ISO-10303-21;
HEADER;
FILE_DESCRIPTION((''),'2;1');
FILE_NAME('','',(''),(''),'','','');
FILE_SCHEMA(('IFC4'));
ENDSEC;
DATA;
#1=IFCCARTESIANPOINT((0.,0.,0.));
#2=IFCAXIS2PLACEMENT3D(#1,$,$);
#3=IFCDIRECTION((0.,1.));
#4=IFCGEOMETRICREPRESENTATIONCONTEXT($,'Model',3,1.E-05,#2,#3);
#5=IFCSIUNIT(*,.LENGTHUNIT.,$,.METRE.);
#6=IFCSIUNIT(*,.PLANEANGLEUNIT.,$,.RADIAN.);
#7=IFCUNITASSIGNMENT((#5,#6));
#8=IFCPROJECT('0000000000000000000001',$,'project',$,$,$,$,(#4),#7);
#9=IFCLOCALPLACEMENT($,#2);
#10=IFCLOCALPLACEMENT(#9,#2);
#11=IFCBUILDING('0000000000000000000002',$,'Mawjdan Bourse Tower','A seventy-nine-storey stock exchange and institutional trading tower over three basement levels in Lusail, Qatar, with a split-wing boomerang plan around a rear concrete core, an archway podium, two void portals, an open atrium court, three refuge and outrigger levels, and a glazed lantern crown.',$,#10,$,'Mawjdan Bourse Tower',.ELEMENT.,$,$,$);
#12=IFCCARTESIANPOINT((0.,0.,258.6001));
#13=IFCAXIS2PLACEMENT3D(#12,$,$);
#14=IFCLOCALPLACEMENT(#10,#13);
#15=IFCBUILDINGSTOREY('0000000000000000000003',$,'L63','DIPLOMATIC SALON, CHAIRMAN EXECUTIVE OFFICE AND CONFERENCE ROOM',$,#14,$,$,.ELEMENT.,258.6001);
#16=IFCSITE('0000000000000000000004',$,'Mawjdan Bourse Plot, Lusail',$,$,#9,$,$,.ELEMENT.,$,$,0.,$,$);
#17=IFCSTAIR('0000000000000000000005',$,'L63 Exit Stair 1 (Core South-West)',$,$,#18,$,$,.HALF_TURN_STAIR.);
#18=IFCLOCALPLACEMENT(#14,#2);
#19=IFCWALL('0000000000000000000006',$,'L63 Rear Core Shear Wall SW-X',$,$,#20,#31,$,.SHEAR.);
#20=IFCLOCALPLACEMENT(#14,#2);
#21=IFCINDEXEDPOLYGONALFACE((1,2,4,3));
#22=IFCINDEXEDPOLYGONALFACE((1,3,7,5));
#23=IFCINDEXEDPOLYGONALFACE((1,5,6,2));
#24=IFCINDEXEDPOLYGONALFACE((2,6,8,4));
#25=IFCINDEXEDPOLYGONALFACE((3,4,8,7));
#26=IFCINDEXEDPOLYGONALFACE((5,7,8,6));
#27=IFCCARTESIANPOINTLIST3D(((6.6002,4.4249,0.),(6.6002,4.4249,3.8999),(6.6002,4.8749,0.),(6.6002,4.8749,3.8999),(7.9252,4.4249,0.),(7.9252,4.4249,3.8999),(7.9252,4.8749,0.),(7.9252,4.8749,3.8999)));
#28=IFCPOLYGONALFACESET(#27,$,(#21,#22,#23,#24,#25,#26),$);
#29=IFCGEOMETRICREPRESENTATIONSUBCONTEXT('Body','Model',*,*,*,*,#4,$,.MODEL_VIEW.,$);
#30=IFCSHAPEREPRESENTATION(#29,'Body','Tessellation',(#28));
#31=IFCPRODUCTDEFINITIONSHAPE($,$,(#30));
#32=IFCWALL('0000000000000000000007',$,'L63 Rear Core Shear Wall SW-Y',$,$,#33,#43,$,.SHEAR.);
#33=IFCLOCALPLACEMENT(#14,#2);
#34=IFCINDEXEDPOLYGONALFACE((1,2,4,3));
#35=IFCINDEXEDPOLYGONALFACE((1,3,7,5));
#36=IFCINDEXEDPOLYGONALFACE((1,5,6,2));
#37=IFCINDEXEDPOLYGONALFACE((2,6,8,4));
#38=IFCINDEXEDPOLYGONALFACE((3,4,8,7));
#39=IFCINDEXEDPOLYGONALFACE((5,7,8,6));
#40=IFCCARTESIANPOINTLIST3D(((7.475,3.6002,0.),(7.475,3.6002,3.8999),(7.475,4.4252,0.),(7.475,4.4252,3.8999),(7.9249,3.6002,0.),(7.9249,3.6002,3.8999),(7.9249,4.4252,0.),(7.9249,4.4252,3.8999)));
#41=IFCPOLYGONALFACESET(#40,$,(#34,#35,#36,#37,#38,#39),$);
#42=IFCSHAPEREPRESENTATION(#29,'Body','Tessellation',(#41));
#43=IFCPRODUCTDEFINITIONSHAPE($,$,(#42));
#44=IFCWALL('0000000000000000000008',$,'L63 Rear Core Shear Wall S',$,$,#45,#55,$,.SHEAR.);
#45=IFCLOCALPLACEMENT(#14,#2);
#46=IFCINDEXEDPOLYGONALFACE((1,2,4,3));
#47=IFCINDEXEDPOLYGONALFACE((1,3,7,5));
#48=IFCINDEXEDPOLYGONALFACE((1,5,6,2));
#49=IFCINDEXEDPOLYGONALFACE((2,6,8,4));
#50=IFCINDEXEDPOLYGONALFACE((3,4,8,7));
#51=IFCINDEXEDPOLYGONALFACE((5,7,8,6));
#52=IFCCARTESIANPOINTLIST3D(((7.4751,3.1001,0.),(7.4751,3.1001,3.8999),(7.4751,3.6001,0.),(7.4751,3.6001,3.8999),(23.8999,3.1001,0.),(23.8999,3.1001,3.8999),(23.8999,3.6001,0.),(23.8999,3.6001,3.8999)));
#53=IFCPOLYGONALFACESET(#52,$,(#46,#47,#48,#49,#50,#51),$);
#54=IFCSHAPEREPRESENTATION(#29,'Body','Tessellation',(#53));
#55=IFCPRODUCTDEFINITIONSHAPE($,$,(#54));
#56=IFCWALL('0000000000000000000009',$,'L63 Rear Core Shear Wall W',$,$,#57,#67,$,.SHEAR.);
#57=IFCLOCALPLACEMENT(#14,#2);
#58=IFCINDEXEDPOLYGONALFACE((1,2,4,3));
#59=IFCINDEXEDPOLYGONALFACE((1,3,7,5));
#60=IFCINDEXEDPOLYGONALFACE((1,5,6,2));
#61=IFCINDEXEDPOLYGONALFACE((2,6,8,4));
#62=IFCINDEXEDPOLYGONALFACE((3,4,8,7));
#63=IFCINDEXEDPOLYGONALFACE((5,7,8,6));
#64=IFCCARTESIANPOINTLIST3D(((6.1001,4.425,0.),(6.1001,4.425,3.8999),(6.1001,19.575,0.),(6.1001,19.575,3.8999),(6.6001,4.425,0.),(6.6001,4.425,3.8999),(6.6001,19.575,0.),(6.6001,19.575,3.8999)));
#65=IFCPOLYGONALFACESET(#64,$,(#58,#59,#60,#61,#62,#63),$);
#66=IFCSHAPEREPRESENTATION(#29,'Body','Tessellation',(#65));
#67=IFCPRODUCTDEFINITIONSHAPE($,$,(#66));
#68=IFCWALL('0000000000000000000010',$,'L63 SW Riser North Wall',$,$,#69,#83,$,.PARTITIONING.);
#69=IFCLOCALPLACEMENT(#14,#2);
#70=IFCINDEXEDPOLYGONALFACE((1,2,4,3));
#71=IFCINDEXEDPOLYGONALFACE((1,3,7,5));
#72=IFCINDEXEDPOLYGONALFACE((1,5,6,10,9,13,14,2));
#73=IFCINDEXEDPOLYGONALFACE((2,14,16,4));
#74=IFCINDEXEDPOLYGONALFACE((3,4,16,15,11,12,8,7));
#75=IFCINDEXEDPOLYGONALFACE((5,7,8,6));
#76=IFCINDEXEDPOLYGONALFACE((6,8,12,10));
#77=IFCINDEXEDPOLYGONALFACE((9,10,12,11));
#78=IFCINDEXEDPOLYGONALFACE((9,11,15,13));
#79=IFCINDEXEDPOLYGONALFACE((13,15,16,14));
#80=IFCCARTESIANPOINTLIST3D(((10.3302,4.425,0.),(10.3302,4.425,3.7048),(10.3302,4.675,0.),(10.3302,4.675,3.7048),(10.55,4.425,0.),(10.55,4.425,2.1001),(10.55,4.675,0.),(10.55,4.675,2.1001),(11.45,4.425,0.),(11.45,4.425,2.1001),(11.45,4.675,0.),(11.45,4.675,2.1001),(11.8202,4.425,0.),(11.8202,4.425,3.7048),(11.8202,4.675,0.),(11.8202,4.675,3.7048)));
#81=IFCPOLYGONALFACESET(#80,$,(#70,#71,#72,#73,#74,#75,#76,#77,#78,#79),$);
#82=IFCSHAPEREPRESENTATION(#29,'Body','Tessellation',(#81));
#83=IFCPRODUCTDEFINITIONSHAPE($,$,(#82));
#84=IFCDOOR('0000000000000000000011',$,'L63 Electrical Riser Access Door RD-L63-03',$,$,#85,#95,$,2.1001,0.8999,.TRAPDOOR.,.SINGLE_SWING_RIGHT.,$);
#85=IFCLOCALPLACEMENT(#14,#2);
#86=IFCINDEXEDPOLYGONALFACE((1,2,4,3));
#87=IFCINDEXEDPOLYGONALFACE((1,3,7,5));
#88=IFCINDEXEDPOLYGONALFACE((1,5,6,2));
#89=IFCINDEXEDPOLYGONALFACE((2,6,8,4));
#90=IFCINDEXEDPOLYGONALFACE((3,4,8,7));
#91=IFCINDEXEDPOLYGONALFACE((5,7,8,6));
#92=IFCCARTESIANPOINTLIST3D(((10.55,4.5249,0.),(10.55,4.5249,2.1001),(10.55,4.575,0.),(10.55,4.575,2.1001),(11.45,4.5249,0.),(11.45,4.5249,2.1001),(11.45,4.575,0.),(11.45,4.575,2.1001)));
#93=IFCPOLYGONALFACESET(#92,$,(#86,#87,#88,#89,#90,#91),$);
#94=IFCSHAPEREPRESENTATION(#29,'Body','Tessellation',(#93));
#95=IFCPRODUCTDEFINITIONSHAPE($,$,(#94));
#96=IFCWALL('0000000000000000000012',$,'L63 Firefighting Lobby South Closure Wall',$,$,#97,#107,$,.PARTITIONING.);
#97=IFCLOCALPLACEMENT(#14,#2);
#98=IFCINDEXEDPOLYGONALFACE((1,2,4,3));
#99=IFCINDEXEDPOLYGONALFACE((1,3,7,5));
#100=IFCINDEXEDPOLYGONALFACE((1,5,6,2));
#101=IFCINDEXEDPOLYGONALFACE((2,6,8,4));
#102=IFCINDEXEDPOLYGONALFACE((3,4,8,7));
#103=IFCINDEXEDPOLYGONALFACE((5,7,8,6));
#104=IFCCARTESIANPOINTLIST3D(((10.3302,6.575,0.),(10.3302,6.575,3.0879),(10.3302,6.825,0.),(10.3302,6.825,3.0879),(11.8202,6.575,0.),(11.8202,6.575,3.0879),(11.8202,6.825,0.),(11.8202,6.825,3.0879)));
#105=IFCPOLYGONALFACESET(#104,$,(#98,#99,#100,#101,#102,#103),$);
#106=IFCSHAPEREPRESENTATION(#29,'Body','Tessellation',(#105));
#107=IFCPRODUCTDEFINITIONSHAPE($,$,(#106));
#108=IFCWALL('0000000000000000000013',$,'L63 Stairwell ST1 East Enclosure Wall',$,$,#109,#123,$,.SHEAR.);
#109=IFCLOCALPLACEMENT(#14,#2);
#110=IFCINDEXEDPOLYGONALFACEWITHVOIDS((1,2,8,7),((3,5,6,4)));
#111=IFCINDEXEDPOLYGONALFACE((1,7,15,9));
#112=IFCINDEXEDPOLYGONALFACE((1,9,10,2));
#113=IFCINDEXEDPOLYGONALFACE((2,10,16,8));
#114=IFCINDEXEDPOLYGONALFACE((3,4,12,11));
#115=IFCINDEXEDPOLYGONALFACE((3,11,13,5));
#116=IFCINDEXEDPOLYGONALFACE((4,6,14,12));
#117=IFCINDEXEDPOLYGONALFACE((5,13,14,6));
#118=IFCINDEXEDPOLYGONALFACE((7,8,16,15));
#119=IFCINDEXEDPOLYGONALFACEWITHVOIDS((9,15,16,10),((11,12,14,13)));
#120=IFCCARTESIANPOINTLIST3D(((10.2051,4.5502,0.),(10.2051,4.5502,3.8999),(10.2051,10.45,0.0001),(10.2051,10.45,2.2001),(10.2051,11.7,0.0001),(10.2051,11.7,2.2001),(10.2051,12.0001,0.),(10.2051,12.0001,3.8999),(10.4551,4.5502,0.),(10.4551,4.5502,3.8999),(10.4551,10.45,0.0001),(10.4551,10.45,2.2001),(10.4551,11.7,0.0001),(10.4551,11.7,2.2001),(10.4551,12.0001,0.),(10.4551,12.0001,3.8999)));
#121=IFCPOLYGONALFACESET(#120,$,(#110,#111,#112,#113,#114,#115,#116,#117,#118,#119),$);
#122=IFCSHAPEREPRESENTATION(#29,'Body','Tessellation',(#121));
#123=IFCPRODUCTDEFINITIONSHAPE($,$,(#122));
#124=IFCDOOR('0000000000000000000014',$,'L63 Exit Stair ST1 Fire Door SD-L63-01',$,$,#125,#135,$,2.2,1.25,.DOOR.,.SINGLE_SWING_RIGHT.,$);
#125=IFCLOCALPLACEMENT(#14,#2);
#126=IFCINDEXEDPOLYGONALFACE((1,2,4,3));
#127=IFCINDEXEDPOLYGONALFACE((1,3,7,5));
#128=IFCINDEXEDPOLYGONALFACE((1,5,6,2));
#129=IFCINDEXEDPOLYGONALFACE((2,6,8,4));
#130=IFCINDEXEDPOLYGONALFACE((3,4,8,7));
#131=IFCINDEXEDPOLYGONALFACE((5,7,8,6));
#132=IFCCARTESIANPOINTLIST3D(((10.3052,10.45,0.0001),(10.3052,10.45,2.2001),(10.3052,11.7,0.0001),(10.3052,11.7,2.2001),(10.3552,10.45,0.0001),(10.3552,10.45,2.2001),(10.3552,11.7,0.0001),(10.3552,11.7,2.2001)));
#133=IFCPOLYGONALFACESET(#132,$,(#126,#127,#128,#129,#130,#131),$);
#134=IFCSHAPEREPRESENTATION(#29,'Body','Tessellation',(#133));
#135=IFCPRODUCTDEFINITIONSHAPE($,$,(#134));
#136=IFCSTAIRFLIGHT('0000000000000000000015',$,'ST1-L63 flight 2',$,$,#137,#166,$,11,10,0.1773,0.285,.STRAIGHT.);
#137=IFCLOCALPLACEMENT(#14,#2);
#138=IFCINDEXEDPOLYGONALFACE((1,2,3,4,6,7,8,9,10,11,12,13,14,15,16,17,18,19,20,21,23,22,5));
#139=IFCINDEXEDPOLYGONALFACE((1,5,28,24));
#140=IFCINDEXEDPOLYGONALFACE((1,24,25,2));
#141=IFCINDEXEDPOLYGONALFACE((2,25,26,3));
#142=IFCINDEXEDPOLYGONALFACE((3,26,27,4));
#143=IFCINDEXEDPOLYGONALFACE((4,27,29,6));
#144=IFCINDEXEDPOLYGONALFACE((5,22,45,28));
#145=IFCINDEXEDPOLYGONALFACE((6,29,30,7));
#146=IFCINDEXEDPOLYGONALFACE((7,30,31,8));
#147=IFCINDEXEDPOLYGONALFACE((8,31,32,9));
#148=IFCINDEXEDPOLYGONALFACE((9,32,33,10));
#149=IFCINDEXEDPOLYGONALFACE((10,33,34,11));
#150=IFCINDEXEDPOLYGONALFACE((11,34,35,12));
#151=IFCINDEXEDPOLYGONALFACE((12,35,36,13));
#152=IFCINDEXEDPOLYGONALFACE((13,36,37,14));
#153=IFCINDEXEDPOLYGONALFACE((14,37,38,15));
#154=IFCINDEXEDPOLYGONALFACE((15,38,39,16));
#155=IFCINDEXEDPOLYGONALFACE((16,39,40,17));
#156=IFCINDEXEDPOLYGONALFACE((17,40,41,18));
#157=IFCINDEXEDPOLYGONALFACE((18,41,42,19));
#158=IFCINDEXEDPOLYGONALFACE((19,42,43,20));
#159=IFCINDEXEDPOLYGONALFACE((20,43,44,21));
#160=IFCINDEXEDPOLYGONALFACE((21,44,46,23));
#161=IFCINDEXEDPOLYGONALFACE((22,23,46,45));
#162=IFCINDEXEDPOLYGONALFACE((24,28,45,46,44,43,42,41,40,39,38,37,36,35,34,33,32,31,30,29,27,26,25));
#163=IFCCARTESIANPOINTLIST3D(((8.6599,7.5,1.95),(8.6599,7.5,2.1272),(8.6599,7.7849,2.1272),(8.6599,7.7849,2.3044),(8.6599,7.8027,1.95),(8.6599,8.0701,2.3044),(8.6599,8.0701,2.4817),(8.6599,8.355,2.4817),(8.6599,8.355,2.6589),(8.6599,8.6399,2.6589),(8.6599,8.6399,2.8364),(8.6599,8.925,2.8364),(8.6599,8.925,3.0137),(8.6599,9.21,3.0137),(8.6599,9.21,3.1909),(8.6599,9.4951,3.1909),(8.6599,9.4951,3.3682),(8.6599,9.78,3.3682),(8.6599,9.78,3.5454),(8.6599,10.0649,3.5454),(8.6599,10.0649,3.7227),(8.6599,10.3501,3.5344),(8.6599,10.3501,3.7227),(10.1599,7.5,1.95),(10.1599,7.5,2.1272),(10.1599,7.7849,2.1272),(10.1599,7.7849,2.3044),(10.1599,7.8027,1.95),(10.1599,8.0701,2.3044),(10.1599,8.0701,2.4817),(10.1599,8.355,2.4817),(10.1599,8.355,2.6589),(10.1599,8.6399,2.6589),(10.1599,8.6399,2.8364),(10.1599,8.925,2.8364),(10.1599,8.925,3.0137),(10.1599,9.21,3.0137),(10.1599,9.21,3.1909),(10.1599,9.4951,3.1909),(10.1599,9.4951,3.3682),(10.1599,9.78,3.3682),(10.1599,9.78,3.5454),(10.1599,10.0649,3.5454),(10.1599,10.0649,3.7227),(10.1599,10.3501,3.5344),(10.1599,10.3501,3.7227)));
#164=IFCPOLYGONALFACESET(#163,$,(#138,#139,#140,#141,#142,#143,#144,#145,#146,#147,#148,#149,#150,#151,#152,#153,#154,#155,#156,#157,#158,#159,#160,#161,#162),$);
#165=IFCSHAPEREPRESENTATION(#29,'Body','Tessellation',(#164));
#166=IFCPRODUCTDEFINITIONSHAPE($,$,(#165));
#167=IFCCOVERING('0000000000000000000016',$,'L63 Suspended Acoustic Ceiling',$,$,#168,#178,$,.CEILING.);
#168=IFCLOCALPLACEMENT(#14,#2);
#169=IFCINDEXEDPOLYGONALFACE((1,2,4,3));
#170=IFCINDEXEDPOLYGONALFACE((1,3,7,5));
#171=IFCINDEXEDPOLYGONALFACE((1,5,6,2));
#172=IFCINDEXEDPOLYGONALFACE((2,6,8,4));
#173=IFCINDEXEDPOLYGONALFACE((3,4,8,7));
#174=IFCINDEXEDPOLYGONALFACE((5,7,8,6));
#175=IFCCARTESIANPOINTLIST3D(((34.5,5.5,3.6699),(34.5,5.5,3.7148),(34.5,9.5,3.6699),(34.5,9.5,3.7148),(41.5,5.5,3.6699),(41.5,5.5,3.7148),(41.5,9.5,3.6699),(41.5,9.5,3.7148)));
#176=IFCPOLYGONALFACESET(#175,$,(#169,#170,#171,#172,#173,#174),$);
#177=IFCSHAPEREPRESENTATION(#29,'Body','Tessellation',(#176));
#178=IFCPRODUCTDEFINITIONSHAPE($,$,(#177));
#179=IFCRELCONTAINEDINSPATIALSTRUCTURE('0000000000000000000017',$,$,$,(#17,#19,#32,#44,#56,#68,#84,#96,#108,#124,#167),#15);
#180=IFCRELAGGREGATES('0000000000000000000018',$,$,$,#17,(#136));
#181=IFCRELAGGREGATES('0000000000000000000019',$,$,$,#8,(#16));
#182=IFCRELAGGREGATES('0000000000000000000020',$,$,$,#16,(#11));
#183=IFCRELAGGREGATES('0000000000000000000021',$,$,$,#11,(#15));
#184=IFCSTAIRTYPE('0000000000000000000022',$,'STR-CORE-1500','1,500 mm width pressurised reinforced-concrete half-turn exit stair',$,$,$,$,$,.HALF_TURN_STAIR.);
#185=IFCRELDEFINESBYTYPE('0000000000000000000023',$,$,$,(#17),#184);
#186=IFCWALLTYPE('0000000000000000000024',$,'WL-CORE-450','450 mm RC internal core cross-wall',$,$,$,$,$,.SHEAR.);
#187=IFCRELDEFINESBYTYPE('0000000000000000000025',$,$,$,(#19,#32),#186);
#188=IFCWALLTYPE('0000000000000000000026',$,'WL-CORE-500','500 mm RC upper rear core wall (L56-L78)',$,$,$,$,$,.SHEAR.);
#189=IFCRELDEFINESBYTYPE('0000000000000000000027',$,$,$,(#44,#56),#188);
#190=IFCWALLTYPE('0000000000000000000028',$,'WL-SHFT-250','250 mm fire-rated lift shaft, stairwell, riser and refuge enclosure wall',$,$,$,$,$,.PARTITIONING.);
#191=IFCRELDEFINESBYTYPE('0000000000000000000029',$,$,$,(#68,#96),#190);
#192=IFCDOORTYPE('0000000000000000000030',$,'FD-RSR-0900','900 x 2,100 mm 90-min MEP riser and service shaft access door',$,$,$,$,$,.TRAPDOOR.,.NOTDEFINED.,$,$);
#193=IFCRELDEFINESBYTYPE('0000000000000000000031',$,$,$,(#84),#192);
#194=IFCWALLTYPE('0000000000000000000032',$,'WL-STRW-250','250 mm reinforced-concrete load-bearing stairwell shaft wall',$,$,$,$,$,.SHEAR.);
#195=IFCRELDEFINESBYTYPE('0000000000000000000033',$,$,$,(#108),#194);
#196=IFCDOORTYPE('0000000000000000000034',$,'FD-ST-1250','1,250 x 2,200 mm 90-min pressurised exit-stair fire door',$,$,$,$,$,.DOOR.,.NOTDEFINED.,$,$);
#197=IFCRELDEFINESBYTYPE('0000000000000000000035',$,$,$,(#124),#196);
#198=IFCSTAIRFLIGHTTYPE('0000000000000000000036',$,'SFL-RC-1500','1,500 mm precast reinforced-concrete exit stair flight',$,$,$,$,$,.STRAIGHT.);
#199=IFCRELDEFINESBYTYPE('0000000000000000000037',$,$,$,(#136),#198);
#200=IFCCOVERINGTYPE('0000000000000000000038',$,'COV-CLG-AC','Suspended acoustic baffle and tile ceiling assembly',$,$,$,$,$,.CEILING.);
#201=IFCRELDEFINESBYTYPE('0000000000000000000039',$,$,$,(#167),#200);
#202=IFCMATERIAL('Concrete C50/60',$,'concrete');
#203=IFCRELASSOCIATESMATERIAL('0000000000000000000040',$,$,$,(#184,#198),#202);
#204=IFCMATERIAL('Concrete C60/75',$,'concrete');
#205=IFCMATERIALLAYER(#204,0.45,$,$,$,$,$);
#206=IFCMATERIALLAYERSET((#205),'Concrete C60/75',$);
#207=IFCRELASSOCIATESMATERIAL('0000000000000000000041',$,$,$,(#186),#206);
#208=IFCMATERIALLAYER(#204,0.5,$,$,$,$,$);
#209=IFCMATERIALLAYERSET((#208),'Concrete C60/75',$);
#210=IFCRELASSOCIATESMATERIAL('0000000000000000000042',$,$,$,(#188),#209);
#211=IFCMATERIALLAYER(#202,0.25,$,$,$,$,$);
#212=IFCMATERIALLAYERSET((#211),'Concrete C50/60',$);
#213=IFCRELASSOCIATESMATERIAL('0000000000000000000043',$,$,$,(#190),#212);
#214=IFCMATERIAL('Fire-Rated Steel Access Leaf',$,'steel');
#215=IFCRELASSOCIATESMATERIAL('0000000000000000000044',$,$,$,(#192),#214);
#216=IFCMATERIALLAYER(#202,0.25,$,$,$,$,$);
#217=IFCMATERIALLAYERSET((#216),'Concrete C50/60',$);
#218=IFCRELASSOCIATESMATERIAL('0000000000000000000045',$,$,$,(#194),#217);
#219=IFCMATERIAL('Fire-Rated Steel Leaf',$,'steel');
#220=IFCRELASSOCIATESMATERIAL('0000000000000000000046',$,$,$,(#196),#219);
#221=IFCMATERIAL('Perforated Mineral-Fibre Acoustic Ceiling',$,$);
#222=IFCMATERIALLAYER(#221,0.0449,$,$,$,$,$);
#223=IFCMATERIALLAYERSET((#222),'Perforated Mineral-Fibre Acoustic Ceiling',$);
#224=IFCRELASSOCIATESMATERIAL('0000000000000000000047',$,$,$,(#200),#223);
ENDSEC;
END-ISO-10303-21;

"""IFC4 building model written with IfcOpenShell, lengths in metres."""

from ifc_helpers import new_model, si_unit, direction, frame, frame_2d, origin, place, context, subcontext, project, spatial, polyline, rectangle, outline, extrude, material, layer, layer_set, type_object, element, fill, aggregate, save


model = new_model("IFC4")

# Units and contexts
model_context = context("Model", 3, precision=1e-05, world=origin(), true_north=direction((0.0, 1.0)))
body_context = subcontext(model_context, "Body", "Model", "MODEL_VIEW")
ifc_project = project(units=[si_unit("LENGTHUNIT", "METRE"), si_unit("PLANEANGLEUNIT", "RADIAN")], contexts=[model_context])

# Site, building, storey
site_placement = place(None, origin())
site = spatial("IfcSite", under=ifc_project, at=site_placement, Name="Mawjdan Bourse Plot, Lusail", CompositionType="ELEMENT", RefElevation=0.0)
building_placement = place(site_placement, origin())
building = spatial("IfcBuilding", under=site, at=building_placement, Name="Mawjdan Bourse Tower", Description="A seventy-nine-storey stock exchange and institutional trading tower over three basement levels in Lusail, Qatar, with a split-wing boomerang plan around a rear concrete core, an archway podium, two void portals, an open atrium court, three refuge and outrigger levels, and a glazed lantern crown.", LongName="Mawjdan Bourse Tower", CompositionType="ELEMENT")
storey_placement = place(building_placement, frame((0.0, 0.0, 258.6001)))
storey = spatial("IfcBuildingStorey", under=building, at=storey_placement, Name="L63", Description="DIPLOMATIC SALON, CHAIRMAN EXECUTIVE OFFICE AND CONFERENCE ROOM", CompositionType="ELEMENT", Elevation=258.6001)

# Stair
ifc_material_1 = material(Name="Concrete C50/60", Category="concrete")
stair_type = type_object("IfcStairType", Name="STR-CORE-1500", Description="1,500 mm width pressurised reinforced-concrete half-turn exit stair", PredefinedType="HALF_TURN_STAIR", material=ifc_material_1)
stair_1_placement = place(storey_placement, origin())
stair_1 = element("IfcStair", 1, at=stair_1_placement, inside=storey, type_object=stair_type, Name="L63 Exit Stair 1 (Core South-West)", PredefinedType="HALF_TURN_STAIR")

# Walls
ifc_material_2 = material(Name="Concrete C60/75", Category="concrete")
ifc_layer_1 = layer(ifc_material_2, 0.45)
ifc_layer_set_1 = layer_set([ifc_layer_1], Name="Concrete C60/75")
wall_type_1 = type_object("IfcWallType", Name="WL-CORE-450", Description="450 mm RC internal core cross-wall", PredefinedType="SHEAR", material=ifc_layer_set_1)
wall_1_placement = place(storey_placement, frame((6.6001, 4.6499, 0.0), z_axis=(0.0, 0.0, 1.0), x_axis=(1.0, 0.0, 0.0)))
element("IfcWall", 2, at=wall_1_placement, inside=storey, type_object=wall_type_1, Name="L63 Rear Core Shear Wall SW-X", PredefinedType="SHEAR", context=body_context, shape_type="SweptSolid", body=[
    extrude(rectangle(XDim=1.325, YDim=0.45, at=frame_2d((0.6626, 0.0))), origin(), (0.0, 0.0, 1.0), 3.8999),
])
wall_2_placement = place(storey_placement, frame((7.7, 3.6001, 0.0), z_axis=(0.0, 0.0, 1.0), x_axis=(0.0, 1.0, 0.0)))
element("IfcWall", 3, at=wall_2_placement, inside=storey, type_object=wall_type_1, Name="L63 Rear Core Shear Wall SW-Y", PredefinedType="SHEAR", context=body_context, shape_type="SweptSolid", body=[
    extrude(rectangle(XDim=0.825, YDim=0.45, at=frame_2d((0.4126, 0.0))), origin(), (0.0, 0.0, 1.0), 3.8999),
])
ifc_layer_2 = layer(ifc_material_2, 0.5)
ifc_layer_set_2 = layer_set([ifc_layer_2], Name="Concrete C60/75")
wall_type_2 = type_object("IfcWallType", Name="WL-CORE-500", Description="500 mm RC upper rear core wall (L56-L78)", PredefinedType="SHEAR", material=ifc_layer_set_2)
wall_3_placement = place(storey_placement, frame((7.4751, 3.3501, 0.0), z_axis=(0.0, 0.0, 1.0), x_axis=(1.0, 0.0, 0.0)))
element("IfcWall", 4, at=wall_3_placement, inside=storey, type_object=wall_type_2, Name="L63 Rear Core Shear Wall S", PredefinedType="SHEAR", context=body_context, shape_type="SweptSolid", body=[
    extrude(rectangle(XDim=16.4248, YDim=0.5, at=frame_2d((8.2124, 0.0))), origin(), (0.0, 0.0, 1.0), 3.8999),
])
wall_4_placement = place(storey_placement, frame((6.3501, 4.425, 0.0), z_axis=(0.0, 0.0, 1.0), x_axis=(0.0, 1.0, 0.0)))
element("IfcWall", 5, at=wall_4_placement, inside=storey, type_object=wall_type_2, Name="L63 Rear Core Shear Wall W", PredefinedType="SHEAR", context=body_context, shape_type="SweptSolid", body=[
    extrude(rectangle(XDim=15.1499, YDim=0.5, at=frame_2d((7.575, 0.0))), origin(), (0.0, 0.0, 1.0), 3.8999),
])

# Wall, opening, door
ifc_layer_3 = layer(ifc_material_1, 0.25)
ifc_layer_set_3 = layer_set([ifc_layer_3], Name="Concrete C50/60")
wall_type_3 = type_object("IfcWallType", Name="WL-SHFT-250", Description="250 mm fire-rated lift shaft, stairwell, riser and refuge enclosure wall", PredefinedType="PARTITIONING", material=ifc_layer_set_3)
wall_5_placement = place(storey_placement, frame((10.3301, 4.55, 0.0), z_axis=(0.0, 0.0, 1.0), x_axis=(1.0, 0.0, 0.0)))
wall_5 = element("IfcWall", 6, at=wall_5_placement, inside=storey, type_object=wall_type_3, Name="L63 SW Riser North Wall", PredefinedType="PARTITIONING", context=body_context, shape_type="SweptSolid", body=[
    extrude(rectangle(XDim=1.49, YDim=0.25, at=frame_2d((0.7451, 0.0))), origin(), (0.0, 0.0, 1.0), 3.7048),
])
opening_1_placement = place(wall_5_placement, frame((0.22, 0.0, 0.0)))
opening_1 = element("IfcOpeningElement", 7, at=opening_1_placement, cuts=wall_5, PredefinedType="OPENING", context=body_context, shape_type="SweptSolid", body=[
    extrude(rectangle(XDim=0.8999, YDim=2.1001, at=frame_2d((0.45, 1.05))), frame((0.0, 0.135, 0.0), z_axis=(0.0, -1.0, 0.0), x_axis=(1.0, 0.0, 0.0)), (0.0, 0.0, 1.0), 0.27),
])
ifc_material_3 = material(Name="Fire-Rated Steel Access Leaf", Category="steel")
door_type_1 = type_object("IfcDoorType", Name="FD-RSR-0900", Description="900 x 2,100 mm 90-min MEP riser and service shaft access door", OperationType="NOTDEFINED", PredefinedType="TRAPDOOR", material=ifc_material_3)
door_1_placement = place(opening_1_placement, origin())
door_1 = element("IfcDoor", 8, at=door_1_placement, inside=storey, type_object=door_type_1, Name="L63 Electrical Riser Access Door RD-L63-03", OperationType="SINGLE_SWING_RIGHT", OverallHeight=2.1001, OverallWidth=0.8999, PredefinedType="TRAPDOOR", context=body_context, shape_type="SweptSolid", body=[
    extrude(rectangle(XDim=0.8999, YDim=2.1001, at=frame_2d((0.45, 1.05))), frame((0.0, 0.0249, 0.0), z_axis=(0.0, -1.0, 0.0), x_axis=(1.0, 0.0, 0.0)), (0.0, 0.0, 1.0), 0.05),
])
fill(opening_1, door_1)

# Wall
wall_6_placement = place(storey_placement, frame((10.3301, 6.7, 0.0), z_axis=(0.0, 0.0, 1.0), x_axis=(1.0, 0.0, 0.0)))
element("IfcWall", 9, at=wall_6_placement, inside=storey, type_object=wall_type_3, Name="L63 Firefighting Lobby South Closure Wall", PredefinedType="PARTITIONING", context=body_context, shape_type="SweptSolid", body=[
    extrude(rectangle(XDim=1.49, YDim=0.25, at=frame_2d((0.7451, 0.0))), origin(), (0.0, 0.0, 1.0), 3.0879),
])
ifc_layer_4 = layer(ifc_material_1, 0.25)
ifc_layer_set_4 = layer_set([ifc_layer_4], Name="Concrete C50/60")
wall_type_4 = type_object("IfcWallType", Name="WL-STRW-250", Description="250 mm reinforced-concrete load-bearing stairwell shaft wall", PredefinedType="SHEAR", material=ifc_layer_set_4)

# Wall, opening, door
wall_7_placement = place(storey_placement, frame((10.3301, 4.55, 0.0), z_axis=(0.0, 0.0, 1.0), x_axis=(0.0, 1.0, 0.0)))
wall_7 = element("IfcWall", 10, at=wall_7_placement, inside=storey, type_object=wall_type_4, Name="L63 Stairwell ST1 East Enclosure Wall", PredefinedType="SHEAR", context=body_context, shape_type="SweptSolid", body=[
    extrude(rectangle(XDim=7.45, YDim=0.25, at=frame_2d((3.7251, 0.0))), origin(), (0.0, 0.0, 1.0), 3.8999),
])
opening_2_placement = place(wall_7_placement, frame((5.8999, 0.0, 0.0)))
opening_2 = element("IfcOpeningElement", 11, at=opening_2_placement, cuts=wall_7, PredefinedType="OPENING", context=body_context, shape_type="SweptSolid", body=[
    extrude(rectangle(XDim=1.25, YDim=2.2, at=frame_2d((0.625, 1.1001))), frame((0.0, 0.135, 0.0), z_axis=(0.0, -1.0, 0.0), x_axis=(1.0, 0.0, 0.0)), (0.0, 0.0, 1.0), 0.27),
])
ifc_material_4 = material(Name="Fire-Rated Steel Leaf", Category="steel")
door_type_2 = type_object("IfcDoorType", Name="FD-ST-1250", Description="1,250 x 2,200 mm 90-min pressurised exit-stair fire door", OperationType="NOTDEFINED", PredefinedType="DOOR", material=ifc_material_4)
door_2_placement = place(opening_2_placement, origin())
door_2 = element("IfcDoor", 12, at=door_2_placement, inside=storey, type_object=door_type_2, Name="L63 Exit Stair ST1 Fire Door SD-L63-01", OperationType="SINGLE_SWING_RIGHT", OverallHeight=2.2, OverallWidth=1.25, PredefinedType="DOOR", context=body_context, shape_type="SweptSolid", body=[
    extrude(rectangle(XDim=1.25, YDim=2.2, at=frame_2d((0.625, 1.1001))), frame((0.0, 0.0249, 0.0), z_axis=(0.0, -1.0, 0.0), x_axis=(1.0, 0.0, 0.0)), (0.0, 0.0, 1.0), 0.05),
])
fill(opening_2, door_2)

# Stair flight
stair_flight_type = type_object("IfcStairFlightType", Name="SFL-RC-1500", Description="1,500 mm precast reinforced-concrete exit stair flight", PredefinedType="STRAIGHT", material=ifc_material_1)
stair_flight_placement = place(storey_placement, frame((9.4099, 7.5, 1.95), z_axis=(0.0, 0.0, 1.0), x_axis=(0.0, 1.0, 0.0)))
stair_flight = element("IfcStairFlight", 13, at=stair_flight_placement, type_object=stair_flight_type, Name="ST1-L63 flight 2", NumberOfRisers=11, NumberOfTreads=10, PredefinedType="STRAIGHT", RiserHeight=0.1773, TreadLength=0.285, context=body_context, shape_type="SweptSolid", body=[
    extrude(outline(polyline([(0.0, 0.0), (0.0, 0.1772), (0.2849, 0.1772), (0.2849, 0.3545), (0.5701, 0.3545), (0.5701, 0.5317), (0.855, 0.5317), (0.855, 0.709), (1.1399, 0.709), (1.1399, 0.8865), (1.425, 0.8865), (1.425, 1.0637), (1.71, 1.0637), (1.71, 1.241), (1.9951, 1.241), (1.9951, 1.4182), (2.28, 1.4182), (2.28, 1.5955), (2.5649, 1.5955), (2.5649, 1.7727), (2.8501, 1.7727), (2.8501, 1.95), (2.8501, 1.5845), (0.3027, 0.0), (0.0, 0.0)])), frame((0.0, 0.75, 0.0), z_axis=(0.0, -1.0, 0.0), x_axis=(1.0, 0.0, 0.0)), (0.0, 0.0, 1.0), 1.5),
])
aggregate(stair_1, [stair_flight])

# Covering
ifc_material_5 = material(Name="Perforated Mineral-Fibre Acoustic Ceiling")
ifc_layer_5 = layer(ifc_material_5, 0.0449)
ifc_layer_set_5 = layer_set([ifc_layer_5], Name="Perforated Mineral-Fibre Acoustic Ceiling")
covering_type = type_object("IfcCoveringType", Name="COV-CLG-AC", Description="Suspended acoustic baffle and tile ceiling assembly", PredefinedType="CEILING", material=ifc_layer_set_5)
covering_placement = place(storey_placement, frame((0.0, 0.0, 3.6699)))
element("IfcCovering", 14, at=covering_placement, inside=storey, type_object=covering_type, Name="L63 Suspended Acoustic Ceiling", PredefinedType="CEILING", context=body_context, shape_type="SweptSolid", body=[
    extrude(outline(polyline([(34.5, 5.5), (41.5, 5.5), (41.5, 9.5), (34.5, 9.5), (34.5, 5.5)])), origin(), (0.0, 0.0, 1.0), 0.0449),
])

save(model, "model.ifc")
